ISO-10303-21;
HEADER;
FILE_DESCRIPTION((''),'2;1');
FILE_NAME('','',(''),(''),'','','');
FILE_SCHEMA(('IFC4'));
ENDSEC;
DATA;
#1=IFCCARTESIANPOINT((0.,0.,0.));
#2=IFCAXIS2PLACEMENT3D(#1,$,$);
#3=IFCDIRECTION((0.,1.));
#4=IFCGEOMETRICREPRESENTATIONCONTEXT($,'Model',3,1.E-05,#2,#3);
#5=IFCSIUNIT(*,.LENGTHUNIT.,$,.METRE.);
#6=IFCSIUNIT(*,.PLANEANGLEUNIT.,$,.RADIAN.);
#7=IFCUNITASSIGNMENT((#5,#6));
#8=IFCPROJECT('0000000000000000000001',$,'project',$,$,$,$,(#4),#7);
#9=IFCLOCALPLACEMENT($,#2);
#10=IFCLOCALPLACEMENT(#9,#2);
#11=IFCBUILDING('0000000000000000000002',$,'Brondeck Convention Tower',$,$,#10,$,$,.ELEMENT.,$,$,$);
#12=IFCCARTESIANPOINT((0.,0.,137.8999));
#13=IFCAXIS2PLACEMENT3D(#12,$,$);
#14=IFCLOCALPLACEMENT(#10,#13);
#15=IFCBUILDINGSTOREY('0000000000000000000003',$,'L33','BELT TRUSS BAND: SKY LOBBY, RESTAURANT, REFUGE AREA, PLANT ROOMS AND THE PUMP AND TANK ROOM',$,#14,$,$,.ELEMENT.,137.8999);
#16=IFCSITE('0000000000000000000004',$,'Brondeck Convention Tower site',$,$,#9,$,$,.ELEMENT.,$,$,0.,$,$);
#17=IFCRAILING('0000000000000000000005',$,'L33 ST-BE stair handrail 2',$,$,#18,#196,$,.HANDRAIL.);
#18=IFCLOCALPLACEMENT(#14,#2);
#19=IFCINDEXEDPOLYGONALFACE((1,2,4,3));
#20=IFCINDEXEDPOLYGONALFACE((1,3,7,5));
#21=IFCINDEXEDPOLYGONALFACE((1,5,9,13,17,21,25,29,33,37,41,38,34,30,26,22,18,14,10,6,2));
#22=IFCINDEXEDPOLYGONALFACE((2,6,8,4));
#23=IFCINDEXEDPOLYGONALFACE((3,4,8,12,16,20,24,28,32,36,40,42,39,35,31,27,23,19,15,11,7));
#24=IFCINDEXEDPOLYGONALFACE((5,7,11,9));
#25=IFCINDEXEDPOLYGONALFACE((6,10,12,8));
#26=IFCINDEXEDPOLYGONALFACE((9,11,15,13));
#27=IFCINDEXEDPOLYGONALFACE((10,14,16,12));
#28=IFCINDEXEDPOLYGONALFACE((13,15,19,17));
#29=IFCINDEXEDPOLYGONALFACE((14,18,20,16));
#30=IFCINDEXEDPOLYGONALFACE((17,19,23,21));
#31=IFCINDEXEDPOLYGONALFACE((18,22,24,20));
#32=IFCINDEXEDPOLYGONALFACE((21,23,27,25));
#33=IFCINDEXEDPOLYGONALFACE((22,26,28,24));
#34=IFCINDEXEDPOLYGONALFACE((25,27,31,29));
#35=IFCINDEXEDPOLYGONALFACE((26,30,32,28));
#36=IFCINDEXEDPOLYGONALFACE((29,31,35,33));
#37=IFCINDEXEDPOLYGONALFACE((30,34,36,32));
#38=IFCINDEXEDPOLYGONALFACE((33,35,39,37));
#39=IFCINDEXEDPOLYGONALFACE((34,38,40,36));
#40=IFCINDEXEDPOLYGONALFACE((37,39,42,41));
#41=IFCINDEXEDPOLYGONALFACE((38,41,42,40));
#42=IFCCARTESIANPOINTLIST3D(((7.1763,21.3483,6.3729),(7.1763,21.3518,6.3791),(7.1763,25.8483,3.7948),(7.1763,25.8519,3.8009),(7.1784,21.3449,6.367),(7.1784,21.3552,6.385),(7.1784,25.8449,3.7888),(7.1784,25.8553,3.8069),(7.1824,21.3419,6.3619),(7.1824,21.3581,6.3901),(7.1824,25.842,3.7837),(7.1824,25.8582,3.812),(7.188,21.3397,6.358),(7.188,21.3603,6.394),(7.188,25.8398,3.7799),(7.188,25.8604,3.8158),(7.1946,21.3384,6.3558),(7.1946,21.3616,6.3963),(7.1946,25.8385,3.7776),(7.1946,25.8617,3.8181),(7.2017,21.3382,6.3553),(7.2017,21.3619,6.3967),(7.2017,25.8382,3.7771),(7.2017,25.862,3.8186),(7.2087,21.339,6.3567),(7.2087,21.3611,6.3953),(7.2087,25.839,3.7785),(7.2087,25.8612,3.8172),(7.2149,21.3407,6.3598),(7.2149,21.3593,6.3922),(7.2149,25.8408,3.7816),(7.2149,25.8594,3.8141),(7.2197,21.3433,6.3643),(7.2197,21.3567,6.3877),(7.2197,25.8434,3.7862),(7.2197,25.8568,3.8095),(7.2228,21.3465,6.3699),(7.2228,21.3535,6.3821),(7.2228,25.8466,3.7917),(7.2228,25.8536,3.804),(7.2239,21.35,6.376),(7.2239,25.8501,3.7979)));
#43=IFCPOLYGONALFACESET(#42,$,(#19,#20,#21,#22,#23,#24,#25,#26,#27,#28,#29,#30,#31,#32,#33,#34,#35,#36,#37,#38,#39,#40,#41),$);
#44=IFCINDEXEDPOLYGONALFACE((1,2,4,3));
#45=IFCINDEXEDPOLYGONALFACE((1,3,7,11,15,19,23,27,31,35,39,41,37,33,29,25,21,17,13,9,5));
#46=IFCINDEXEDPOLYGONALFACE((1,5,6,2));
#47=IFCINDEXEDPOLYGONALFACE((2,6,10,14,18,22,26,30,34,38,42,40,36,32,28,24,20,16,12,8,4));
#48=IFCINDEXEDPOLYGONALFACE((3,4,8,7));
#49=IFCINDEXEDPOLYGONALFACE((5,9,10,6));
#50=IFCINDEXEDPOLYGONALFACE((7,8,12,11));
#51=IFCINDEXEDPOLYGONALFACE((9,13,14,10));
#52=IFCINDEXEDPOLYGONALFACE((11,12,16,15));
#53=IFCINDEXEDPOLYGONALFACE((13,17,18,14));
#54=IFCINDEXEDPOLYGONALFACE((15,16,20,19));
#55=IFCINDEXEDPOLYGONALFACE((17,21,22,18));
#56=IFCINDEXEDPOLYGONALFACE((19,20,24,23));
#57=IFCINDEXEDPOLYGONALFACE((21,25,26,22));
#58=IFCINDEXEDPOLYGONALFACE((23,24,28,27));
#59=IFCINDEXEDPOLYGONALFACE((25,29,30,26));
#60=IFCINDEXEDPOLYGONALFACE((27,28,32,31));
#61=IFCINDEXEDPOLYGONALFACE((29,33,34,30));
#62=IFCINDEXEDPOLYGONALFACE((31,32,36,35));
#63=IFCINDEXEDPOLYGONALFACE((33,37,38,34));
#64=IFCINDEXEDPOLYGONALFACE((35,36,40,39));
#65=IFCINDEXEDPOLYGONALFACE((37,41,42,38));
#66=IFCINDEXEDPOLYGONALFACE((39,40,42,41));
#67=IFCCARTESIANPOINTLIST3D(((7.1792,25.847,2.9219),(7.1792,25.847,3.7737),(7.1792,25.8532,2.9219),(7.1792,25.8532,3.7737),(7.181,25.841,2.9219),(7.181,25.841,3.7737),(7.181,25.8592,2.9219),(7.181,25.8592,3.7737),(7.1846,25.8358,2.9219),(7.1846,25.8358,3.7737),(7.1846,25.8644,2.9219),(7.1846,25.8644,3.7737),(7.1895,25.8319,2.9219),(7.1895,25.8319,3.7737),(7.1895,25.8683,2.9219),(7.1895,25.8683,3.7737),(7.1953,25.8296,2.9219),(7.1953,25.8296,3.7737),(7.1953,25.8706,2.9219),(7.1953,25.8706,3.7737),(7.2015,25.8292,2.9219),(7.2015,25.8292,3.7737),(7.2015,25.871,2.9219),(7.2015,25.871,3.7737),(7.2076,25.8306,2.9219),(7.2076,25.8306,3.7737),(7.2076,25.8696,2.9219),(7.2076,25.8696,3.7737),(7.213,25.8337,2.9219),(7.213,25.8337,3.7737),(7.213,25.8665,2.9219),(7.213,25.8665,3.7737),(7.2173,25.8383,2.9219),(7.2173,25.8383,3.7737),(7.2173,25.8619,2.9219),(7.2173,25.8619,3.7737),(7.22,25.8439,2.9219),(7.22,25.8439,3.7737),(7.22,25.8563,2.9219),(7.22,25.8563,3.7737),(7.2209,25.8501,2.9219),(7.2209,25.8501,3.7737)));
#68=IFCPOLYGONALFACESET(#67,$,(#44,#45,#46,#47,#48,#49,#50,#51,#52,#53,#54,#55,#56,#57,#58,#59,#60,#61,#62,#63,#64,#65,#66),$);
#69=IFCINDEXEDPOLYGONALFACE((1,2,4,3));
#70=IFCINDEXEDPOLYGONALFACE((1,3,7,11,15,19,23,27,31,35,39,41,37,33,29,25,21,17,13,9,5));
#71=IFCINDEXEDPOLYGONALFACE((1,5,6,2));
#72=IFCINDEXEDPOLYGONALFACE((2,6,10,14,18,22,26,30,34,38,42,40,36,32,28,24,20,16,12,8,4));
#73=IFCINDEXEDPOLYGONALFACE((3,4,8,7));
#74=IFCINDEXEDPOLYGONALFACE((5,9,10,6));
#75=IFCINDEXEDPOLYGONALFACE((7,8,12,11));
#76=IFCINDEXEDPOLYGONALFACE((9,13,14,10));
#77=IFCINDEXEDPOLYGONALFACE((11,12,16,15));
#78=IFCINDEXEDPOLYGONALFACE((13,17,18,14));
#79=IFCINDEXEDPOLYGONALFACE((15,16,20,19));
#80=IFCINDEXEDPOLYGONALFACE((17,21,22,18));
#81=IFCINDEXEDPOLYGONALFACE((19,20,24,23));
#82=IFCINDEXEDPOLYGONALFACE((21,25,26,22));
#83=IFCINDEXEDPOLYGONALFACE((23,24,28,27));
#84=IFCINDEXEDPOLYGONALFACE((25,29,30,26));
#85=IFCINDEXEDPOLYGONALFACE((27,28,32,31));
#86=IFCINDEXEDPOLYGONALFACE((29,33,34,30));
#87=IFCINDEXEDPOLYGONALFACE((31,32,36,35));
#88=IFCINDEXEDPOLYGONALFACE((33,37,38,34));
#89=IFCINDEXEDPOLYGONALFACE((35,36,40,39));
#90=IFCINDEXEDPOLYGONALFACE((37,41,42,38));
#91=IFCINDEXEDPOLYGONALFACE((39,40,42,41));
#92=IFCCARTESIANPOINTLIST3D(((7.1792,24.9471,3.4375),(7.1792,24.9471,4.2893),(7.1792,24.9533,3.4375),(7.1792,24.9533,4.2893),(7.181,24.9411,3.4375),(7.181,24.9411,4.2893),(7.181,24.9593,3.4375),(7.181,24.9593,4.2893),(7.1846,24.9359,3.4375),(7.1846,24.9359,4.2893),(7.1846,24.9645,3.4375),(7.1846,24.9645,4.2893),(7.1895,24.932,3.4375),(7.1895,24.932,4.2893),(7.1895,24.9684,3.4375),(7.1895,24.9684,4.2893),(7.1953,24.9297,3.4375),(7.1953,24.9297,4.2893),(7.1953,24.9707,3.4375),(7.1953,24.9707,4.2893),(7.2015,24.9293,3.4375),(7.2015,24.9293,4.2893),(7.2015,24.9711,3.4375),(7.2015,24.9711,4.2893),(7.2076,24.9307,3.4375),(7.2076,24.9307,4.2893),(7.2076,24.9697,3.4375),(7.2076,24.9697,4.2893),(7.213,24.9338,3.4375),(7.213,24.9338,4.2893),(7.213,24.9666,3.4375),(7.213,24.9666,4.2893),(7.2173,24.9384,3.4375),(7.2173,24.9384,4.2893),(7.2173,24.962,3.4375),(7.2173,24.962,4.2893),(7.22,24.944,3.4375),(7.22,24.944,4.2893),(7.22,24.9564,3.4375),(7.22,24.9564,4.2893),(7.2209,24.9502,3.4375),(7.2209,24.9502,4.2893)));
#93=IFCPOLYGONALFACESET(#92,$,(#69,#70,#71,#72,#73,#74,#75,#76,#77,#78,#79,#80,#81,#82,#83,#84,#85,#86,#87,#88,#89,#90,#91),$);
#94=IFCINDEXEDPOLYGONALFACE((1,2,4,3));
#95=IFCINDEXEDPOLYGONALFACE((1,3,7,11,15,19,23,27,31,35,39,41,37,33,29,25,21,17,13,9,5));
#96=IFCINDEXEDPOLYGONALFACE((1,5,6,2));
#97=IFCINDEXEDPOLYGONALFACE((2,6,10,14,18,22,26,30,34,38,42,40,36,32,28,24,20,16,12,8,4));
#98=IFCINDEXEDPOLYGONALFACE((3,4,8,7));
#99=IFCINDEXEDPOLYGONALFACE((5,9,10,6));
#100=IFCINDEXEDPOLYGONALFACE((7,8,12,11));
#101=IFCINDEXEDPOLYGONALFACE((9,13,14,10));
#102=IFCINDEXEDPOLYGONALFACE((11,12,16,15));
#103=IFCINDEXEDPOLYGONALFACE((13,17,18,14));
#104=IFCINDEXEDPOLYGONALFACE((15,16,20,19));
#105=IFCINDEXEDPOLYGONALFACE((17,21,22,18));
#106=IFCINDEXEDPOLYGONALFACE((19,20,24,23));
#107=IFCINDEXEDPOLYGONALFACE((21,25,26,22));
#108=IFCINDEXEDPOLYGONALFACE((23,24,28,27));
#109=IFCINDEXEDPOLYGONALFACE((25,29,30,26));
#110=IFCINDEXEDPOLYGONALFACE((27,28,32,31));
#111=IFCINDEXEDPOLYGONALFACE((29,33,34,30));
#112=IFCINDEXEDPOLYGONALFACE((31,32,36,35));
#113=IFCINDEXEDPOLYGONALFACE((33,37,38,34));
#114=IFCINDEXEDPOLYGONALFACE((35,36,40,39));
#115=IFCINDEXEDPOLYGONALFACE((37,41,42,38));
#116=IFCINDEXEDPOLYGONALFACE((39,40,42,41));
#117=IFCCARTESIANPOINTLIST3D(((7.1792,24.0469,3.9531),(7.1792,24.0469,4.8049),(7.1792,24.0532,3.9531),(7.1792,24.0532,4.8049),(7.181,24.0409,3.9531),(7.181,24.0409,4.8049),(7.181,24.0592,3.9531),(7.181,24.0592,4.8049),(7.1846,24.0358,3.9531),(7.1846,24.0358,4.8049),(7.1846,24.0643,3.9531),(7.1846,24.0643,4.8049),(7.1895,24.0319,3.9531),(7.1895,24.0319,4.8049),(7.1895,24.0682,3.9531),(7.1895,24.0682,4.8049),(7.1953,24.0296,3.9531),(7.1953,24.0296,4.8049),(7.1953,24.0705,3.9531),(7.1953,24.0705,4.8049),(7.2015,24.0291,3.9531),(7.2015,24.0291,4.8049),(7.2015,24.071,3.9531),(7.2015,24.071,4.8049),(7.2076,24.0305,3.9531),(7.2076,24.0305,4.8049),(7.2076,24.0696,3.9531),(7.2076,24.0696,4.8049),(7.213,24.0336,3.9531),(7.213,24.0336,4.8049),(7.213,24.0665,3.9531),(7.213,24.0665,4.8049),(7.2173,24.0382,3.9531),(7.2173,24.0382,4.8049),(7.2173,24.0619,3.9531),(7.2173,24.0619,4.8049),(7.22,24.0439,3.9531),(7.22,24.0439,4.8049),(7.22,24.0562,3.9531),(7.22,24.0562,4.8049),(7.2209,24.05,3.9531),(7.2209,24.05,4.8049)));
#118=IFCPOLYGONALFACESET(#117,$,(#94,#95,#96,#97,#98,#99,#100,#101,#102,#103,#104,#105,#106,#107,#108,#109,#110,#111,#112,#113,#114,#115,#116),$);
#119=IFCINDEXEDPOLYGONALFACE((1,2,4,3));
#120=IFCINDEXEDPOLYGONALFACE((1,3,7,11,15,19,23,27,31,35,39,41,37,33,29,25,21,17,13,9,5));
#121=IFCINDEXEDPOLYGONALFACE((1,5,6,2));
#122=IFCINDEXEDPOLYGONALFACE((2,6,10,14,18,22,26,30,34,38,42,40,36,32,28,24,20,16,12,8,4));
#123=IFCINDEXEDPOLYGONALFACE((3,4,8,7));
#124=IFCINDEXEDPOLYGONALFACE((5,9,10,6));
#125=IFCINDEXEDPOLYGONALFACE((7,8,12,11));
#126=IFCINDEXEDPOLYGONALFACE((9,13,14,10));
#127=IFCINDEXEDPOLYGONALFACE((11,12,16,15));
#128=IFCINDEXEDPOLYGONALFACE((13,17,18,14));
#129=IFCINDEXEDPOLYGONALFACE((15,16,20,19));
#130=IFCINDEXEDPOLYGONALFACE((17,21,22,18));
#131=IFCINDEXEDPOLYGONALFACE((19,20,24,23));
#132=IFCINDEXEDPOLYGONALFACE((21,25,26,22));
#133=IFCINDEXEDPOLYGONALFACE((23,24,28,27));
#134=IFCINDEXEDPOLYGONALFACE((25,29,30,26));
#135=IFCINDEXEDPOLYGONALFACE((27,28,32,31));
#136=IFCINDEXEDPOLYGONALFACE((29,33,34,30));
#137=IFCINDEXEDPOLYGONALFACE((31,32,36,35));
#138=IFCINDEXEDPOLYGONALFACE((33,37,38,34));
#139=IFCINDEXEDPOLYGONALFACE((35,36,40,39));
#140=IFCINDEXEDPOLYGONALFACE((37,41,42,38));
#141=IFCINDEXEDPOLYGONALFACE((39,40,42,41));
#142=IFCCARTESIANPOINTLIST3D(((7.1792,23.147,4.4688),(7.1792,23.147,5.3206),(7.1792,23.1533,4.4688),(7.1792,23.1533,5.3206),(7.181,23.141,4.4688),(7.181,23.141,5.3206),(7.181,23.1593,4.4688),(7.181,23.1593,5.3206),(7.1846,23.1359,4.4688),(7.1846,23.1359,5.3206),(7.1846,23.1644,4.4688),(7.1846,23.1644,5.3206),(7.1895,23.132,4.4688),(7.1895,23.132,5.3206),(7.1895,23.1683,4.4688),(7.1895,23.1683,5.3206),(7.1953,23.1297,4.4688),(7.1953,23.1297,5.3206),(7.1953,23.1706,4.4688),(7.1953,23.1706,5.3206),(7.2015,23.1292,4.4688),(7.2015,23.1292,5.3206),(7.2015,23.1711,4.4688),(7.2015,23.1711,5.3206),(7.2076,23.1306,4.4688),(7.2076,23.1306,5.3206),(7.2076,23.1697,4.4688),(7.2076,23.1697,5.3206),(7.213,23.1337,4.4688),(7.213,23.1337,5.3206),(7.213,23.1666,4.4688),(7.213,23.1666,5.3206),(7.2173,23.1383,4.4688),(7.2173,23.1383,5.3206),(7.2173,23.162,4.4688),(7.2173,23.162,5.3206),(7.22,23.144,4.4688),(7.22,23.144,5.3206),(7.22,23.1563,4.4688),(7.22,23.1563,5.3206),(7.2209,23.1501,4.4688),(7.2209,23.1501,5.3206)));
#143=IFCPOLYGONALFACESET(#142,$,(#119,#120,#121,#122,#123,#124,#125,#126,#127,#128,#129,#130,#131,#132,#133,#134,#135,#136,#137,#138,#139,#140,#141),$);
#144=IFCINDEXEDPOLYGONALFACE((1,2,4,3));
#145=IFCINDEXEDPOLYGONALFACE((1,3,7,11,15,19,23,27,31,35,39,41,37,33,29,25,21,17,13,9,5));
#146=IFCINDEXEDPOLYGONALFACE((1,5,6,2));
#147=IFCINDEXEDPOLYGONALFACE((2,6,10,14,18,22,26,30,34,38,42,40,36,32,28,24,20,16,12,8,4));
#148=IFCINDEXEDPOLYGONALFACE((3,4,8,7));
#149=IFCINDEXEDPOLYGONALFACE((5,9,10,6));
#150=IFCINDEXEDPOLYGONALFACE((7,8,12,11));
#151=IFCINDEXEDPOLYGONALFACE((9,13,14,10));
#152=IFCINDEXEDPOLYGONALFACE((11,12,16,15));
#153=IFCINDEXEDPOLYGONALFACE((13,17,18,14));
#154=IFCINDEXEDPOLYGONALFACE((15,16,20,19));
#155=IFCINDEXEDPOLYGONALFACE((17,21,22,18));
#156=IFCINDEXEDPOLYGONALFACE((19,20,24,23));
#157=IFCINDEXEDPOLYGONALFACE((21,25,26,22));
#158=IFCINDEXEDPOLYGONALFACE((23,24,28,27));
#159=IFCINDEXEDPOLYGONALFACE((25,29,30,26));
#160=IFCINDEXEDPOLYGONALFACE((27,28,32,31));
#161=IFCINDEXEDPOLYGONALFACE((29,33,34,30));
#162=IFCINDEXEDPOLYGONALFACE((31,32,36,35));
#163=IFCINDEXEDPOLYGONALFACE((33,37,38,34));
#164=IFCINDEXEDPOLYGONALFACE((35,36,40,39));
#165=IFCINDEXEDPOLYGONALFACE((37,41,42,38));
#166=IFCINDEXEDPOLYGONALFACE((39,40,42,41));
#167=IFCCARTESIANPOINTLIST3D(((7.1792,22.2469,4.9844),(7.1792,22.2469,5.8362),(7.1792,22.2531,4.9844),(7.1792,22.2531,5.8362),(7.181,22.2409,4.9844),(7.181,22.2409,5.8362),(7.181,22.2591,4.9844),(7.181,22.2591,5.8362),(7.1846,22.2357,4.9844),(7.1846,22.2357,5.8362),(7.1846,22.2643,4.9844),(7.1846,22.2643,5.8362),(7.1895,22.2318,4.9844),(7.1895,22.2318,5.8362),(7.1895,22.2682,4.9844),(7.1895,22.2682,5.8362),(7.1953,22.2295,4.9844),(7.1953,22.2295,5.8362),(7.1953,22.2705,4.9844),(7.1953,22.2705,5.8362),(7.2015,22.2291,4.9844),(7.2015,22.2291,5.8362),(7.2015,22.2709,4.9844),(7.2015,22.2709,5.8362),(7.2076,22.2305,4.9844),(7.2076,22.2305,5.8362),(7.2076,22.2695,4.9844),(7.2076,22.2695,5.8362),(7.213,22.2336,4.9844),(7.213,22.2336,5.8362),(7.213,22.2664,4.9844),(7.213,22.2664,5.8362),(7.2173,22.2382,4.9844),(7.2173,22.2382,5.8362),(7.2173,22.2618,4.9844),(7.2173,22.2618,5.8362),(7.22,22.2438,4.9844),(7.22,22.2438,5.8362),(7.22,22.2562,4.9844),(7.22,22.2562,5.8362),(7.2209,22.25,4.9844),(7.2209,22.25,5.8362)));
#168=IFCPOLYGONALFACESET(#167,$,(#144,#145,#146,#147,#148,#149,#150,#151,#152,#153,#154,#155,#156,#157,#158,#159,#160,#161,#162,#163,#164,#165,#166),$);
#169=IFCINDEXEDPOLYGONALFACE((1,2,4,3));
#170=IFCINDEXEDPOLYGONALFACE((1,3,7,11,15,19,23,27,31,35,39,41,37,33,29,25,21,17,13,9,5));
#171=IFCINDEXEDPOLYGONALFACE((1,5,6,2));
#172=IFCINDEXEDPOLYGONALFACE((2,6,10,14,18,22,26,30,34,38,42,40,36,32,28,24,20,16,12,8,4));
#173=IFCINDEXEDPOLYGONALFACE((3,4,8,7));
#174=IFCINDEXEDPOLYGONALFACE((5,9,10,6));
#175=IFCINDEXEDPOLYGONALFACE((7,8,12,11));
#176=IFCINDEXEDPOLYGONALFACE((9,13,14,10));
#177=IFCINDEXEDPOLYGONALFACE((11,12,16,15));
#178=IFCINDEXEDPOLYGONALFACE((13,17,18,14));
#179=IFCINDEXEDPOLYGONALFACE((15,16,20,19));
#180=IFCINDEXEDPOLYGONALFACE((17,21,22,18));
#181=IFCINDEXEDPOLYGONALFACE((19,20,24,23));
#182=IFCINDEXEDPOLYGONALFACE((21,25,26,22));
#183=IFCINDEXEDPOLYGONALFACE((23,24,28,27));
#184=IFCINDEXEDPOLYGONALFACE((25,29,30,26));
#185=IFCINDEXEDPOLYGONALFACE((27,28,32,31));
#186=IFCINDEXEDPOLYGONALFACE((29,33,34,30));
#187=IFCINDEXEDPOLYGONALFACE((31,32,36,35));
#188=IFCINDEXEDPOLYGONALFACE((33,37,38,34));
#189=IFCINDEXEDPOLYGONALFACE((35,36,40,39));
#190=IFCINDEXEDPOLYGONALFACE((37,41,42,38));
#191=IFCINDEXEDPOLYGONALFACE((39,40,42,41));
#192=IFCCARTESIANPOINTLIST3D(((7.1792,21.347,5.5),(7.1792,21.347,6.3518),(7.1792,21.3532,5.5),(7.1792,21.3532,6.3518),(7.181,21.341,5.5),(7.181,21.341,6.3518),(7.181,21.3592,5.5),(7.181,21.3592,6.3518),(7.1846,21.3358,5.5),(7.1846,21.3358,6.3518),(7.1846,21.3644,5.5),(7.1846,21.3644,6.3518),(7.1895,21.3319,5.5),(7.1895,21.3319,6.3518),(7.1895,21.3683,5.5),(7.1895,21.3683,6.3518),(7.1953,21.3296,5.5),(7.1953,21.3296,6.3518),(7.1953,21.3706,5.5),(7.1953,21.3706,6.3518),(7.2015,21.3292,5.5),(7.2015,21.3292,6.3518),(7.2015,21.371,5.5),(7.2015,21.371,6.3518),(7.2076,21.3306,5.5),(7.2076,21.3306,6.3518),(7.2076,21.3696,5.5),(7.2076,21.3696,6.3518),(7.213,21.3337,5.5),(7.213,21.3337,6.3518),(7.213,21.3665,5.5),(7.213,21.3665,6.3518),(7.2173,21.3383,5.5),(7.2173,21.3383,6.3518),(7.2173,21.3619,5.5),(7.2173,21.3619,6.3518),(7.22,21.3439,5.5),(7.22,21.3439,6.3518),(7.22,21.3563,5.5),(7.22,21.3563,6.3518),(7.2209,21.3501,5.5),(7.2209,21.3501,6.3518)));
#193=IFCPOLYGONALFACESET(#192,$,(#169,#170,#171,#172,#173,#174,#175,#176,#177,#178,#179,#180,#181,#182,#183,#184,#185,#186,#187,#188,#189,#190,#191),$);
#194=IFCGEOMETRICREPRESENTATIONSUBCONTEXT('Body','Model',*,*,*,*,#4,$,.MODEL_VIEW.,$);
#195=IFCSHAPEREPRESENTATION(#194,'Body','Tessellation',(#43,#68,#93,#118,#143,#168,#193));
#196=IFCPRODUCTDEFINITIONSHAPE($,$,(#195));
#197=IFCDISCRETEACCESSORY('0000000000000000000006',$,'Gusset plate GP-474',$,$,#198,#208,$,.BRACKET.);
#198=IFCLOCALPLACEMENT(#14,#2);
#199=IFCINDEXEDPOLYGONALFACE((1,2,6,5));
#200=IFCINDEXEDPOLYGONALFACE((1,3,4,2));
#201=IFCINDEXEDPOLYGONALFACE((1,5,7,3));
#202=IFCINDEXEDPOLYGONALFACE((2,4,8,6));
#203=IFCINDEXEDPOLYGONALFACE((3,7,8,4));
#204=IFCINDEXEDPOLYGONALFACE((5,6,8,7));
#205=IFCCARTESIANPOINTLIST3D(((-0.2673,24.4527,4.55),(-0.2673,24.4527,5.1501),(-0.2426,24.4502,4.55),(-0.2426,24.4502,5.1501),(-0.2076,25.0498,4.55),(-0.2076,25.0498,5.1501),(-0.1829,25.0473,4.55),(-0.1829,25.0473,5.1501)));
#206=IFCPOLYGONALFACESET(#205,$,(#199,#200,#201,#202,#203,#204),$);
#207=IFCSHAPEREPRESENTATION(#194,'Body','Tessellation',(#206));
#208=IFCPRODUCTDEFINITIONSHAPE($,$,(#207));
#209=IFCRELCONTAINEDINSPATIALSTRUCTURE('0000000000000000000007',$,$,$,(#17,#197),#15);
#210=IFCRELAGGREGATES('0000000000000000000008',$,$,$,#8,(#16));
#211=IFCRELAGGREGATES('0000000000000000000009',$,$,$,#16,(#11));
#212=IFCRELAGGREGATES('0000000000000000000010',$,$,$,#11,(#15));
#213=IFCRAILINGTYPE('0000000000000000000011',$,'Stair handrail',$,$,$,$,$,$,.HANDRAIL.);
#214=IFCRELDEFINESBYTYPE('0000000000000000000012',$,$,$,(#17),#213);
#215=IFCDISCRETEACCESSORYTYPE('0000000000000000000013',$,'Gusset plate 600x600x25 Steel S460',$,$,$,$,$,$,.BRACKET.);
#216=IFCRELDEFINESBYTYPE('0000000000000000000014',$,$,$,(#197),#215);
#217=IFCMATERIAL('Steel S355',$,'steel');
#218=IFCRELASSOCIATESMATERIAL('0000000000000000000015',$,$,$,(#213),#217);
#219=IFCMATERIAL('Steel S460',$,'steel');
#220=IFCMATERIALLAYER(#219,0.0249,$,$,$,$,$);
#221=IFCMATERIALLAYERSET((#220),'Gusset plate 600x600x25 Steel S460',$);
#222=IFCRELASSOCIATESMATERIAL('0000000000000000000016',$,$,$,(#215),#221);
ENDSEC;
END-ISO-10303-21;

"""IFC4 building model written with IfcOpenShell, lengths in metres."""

from ifc_helpers import new_model, si_unit, direction, frame, origin, origin_2d, place, context, subcontext, project, spatial, rectangle, circle, extrude, material, layer, layer_set, type_object, element, save


model = new_model("IFC4")

# Units and contexts
model_context = context("Model", 3, precision=1e-05, world=origin(), true_north=direction((0.0, 1.0)))
body_context = subcontext(model_context, "Body", "Model", "MODEL_VIEW")
ifc_project = project(units=[si_unit("LENGTHUNIT", "METRE"), si_unit("PLANEANGLEUNIT", "RADIAN")], contexts=[model_context])

# Site, building, storey
site_placement = place(None, origin())
site = spatial("IfcSite", under=ifc_project, at=site_placement, Name="Brondeck Convention Tower site", CompositionType="ELEMENT", RefElevation=0.0)
building_placement = place(site_placement, origin())
building = spatial("IfcBuilding", under=site, at=building_placement, Name="Brondeck Convention Tower", CompositionType="ELEMENT")
storey_placement = place(building_placement, frame((0.0, 0.0, 137.8999)))
storey = spatial("IfcBuildingStorey", under=building, at=storey_placement, Name="L33", Description="BELT TRUSS BAND: SKY LOBBY, RESTAURANT, REFUGE AREA, PLANT ROOMS AND THE PUMP AND TANK ROOM", CompositionType="ELEMENT", Elevation=137.8999)

# Shared definitions
ifc_material_1 = material(Name="Steel S460", Category="steel")

# Shared definitions
ifc_material_2 = material(Name="Steel S355", Category="steel")

# Railing
railing_type_1 = type_object("IfcRailingType", Name="Stair handrail", PredefinedType="HANDRAIL", material=ifc_material_2)
railing_1_placement = place(storey_placement, frame((7.2, 25.8501, 2.9219)))
element("IfcRailing", 1, at=railing_1_placement, inside=storey, type_object=railing_type_1, Name="L33 ST-BE stair handrail 2", PredefinedType="HANDRAIL", context=body_context, shape_type="SweptSolid", body=[
    extrude(circle(Radius=0.0239, at=origin_2d()), frame((0.0, 0.0, 0.876), z_axis=(0.0, -0.867686, 0.497112), x_axis=(1.0, 0.0, 0.0)), (0.0, 0.0, 1.0), 5.1863),
    extrude(circle(Radius=0.021, at=origin_2d()), origin(), (0.0, 0.0, 1.0), 0.8518),
    extrude(circle(Radius=0.021, at=origin_2d()), frame((0.0, -0.8999, 0.5156)), (0.0, 0.0, 1.0), 0.8518),
    extrude(circle(Radius=0.021, at=origin_2d()), frame((0.0, -1.8, 1.0312)), (0.0, 0.0, 1.0), 0.8518),
    extrude(circle(Radius=0.021, at=origin_2d()), frame((0.0, -2.7, 1.5469)), (0.0, 0.0, 1.0), 0.8518),
    extrude(circle(Radius=0.021, at=origin_2d()), frame((0.0, -3.6001, 2.0625)), (0.0, 0.0, 1.0), 0.8518),
    extrude(circle(Radius=0.021, at=origin_2d()), frame((0.0, -4.5, 2.5781)), (0.0, 0.0, 1.0), 0.8518),
])

# Discrete accessory
ifc_layer_1 = layer(ifc_material_1, 0.0249)
ifc_layer_set_1 = layer_set([ifc_layer_1], Name="Gusset plate 600x600x25 Steel S460")
discrete_accessory_type = type_object("IfcDiscreteAccessoryType", Name="Gusset plate 600x600x25 Steel S460", PredefinedType="BRACKET", material=ifc_layer_set_1)
for number, where, z_axis, x_axis, name in (
    (2, (-0.2251, 24.75, 4.55), (0.0, 0.0, 1.0), (0.099511, 0.995036, 0.0), "Gusset plate GP-474"),
):
    element("IfcDiscreteAccessory", number, at=place(storey_placement, frame(where, z_axis=z_axis, x_axis=x_axis)), inside=storey, type_object=discrete_accessory_type, Name=name, PredefinedType="BRACKET", context=body_context, shape_type="SweptSolid", body=[
        extrude(rectangle(XDim=0.6001, YDim=0.0249, at=origin_2d()), origin(), (0.0, 0.0, 1.0), 0.6001),
    ])

save(model, "model.ifc")
